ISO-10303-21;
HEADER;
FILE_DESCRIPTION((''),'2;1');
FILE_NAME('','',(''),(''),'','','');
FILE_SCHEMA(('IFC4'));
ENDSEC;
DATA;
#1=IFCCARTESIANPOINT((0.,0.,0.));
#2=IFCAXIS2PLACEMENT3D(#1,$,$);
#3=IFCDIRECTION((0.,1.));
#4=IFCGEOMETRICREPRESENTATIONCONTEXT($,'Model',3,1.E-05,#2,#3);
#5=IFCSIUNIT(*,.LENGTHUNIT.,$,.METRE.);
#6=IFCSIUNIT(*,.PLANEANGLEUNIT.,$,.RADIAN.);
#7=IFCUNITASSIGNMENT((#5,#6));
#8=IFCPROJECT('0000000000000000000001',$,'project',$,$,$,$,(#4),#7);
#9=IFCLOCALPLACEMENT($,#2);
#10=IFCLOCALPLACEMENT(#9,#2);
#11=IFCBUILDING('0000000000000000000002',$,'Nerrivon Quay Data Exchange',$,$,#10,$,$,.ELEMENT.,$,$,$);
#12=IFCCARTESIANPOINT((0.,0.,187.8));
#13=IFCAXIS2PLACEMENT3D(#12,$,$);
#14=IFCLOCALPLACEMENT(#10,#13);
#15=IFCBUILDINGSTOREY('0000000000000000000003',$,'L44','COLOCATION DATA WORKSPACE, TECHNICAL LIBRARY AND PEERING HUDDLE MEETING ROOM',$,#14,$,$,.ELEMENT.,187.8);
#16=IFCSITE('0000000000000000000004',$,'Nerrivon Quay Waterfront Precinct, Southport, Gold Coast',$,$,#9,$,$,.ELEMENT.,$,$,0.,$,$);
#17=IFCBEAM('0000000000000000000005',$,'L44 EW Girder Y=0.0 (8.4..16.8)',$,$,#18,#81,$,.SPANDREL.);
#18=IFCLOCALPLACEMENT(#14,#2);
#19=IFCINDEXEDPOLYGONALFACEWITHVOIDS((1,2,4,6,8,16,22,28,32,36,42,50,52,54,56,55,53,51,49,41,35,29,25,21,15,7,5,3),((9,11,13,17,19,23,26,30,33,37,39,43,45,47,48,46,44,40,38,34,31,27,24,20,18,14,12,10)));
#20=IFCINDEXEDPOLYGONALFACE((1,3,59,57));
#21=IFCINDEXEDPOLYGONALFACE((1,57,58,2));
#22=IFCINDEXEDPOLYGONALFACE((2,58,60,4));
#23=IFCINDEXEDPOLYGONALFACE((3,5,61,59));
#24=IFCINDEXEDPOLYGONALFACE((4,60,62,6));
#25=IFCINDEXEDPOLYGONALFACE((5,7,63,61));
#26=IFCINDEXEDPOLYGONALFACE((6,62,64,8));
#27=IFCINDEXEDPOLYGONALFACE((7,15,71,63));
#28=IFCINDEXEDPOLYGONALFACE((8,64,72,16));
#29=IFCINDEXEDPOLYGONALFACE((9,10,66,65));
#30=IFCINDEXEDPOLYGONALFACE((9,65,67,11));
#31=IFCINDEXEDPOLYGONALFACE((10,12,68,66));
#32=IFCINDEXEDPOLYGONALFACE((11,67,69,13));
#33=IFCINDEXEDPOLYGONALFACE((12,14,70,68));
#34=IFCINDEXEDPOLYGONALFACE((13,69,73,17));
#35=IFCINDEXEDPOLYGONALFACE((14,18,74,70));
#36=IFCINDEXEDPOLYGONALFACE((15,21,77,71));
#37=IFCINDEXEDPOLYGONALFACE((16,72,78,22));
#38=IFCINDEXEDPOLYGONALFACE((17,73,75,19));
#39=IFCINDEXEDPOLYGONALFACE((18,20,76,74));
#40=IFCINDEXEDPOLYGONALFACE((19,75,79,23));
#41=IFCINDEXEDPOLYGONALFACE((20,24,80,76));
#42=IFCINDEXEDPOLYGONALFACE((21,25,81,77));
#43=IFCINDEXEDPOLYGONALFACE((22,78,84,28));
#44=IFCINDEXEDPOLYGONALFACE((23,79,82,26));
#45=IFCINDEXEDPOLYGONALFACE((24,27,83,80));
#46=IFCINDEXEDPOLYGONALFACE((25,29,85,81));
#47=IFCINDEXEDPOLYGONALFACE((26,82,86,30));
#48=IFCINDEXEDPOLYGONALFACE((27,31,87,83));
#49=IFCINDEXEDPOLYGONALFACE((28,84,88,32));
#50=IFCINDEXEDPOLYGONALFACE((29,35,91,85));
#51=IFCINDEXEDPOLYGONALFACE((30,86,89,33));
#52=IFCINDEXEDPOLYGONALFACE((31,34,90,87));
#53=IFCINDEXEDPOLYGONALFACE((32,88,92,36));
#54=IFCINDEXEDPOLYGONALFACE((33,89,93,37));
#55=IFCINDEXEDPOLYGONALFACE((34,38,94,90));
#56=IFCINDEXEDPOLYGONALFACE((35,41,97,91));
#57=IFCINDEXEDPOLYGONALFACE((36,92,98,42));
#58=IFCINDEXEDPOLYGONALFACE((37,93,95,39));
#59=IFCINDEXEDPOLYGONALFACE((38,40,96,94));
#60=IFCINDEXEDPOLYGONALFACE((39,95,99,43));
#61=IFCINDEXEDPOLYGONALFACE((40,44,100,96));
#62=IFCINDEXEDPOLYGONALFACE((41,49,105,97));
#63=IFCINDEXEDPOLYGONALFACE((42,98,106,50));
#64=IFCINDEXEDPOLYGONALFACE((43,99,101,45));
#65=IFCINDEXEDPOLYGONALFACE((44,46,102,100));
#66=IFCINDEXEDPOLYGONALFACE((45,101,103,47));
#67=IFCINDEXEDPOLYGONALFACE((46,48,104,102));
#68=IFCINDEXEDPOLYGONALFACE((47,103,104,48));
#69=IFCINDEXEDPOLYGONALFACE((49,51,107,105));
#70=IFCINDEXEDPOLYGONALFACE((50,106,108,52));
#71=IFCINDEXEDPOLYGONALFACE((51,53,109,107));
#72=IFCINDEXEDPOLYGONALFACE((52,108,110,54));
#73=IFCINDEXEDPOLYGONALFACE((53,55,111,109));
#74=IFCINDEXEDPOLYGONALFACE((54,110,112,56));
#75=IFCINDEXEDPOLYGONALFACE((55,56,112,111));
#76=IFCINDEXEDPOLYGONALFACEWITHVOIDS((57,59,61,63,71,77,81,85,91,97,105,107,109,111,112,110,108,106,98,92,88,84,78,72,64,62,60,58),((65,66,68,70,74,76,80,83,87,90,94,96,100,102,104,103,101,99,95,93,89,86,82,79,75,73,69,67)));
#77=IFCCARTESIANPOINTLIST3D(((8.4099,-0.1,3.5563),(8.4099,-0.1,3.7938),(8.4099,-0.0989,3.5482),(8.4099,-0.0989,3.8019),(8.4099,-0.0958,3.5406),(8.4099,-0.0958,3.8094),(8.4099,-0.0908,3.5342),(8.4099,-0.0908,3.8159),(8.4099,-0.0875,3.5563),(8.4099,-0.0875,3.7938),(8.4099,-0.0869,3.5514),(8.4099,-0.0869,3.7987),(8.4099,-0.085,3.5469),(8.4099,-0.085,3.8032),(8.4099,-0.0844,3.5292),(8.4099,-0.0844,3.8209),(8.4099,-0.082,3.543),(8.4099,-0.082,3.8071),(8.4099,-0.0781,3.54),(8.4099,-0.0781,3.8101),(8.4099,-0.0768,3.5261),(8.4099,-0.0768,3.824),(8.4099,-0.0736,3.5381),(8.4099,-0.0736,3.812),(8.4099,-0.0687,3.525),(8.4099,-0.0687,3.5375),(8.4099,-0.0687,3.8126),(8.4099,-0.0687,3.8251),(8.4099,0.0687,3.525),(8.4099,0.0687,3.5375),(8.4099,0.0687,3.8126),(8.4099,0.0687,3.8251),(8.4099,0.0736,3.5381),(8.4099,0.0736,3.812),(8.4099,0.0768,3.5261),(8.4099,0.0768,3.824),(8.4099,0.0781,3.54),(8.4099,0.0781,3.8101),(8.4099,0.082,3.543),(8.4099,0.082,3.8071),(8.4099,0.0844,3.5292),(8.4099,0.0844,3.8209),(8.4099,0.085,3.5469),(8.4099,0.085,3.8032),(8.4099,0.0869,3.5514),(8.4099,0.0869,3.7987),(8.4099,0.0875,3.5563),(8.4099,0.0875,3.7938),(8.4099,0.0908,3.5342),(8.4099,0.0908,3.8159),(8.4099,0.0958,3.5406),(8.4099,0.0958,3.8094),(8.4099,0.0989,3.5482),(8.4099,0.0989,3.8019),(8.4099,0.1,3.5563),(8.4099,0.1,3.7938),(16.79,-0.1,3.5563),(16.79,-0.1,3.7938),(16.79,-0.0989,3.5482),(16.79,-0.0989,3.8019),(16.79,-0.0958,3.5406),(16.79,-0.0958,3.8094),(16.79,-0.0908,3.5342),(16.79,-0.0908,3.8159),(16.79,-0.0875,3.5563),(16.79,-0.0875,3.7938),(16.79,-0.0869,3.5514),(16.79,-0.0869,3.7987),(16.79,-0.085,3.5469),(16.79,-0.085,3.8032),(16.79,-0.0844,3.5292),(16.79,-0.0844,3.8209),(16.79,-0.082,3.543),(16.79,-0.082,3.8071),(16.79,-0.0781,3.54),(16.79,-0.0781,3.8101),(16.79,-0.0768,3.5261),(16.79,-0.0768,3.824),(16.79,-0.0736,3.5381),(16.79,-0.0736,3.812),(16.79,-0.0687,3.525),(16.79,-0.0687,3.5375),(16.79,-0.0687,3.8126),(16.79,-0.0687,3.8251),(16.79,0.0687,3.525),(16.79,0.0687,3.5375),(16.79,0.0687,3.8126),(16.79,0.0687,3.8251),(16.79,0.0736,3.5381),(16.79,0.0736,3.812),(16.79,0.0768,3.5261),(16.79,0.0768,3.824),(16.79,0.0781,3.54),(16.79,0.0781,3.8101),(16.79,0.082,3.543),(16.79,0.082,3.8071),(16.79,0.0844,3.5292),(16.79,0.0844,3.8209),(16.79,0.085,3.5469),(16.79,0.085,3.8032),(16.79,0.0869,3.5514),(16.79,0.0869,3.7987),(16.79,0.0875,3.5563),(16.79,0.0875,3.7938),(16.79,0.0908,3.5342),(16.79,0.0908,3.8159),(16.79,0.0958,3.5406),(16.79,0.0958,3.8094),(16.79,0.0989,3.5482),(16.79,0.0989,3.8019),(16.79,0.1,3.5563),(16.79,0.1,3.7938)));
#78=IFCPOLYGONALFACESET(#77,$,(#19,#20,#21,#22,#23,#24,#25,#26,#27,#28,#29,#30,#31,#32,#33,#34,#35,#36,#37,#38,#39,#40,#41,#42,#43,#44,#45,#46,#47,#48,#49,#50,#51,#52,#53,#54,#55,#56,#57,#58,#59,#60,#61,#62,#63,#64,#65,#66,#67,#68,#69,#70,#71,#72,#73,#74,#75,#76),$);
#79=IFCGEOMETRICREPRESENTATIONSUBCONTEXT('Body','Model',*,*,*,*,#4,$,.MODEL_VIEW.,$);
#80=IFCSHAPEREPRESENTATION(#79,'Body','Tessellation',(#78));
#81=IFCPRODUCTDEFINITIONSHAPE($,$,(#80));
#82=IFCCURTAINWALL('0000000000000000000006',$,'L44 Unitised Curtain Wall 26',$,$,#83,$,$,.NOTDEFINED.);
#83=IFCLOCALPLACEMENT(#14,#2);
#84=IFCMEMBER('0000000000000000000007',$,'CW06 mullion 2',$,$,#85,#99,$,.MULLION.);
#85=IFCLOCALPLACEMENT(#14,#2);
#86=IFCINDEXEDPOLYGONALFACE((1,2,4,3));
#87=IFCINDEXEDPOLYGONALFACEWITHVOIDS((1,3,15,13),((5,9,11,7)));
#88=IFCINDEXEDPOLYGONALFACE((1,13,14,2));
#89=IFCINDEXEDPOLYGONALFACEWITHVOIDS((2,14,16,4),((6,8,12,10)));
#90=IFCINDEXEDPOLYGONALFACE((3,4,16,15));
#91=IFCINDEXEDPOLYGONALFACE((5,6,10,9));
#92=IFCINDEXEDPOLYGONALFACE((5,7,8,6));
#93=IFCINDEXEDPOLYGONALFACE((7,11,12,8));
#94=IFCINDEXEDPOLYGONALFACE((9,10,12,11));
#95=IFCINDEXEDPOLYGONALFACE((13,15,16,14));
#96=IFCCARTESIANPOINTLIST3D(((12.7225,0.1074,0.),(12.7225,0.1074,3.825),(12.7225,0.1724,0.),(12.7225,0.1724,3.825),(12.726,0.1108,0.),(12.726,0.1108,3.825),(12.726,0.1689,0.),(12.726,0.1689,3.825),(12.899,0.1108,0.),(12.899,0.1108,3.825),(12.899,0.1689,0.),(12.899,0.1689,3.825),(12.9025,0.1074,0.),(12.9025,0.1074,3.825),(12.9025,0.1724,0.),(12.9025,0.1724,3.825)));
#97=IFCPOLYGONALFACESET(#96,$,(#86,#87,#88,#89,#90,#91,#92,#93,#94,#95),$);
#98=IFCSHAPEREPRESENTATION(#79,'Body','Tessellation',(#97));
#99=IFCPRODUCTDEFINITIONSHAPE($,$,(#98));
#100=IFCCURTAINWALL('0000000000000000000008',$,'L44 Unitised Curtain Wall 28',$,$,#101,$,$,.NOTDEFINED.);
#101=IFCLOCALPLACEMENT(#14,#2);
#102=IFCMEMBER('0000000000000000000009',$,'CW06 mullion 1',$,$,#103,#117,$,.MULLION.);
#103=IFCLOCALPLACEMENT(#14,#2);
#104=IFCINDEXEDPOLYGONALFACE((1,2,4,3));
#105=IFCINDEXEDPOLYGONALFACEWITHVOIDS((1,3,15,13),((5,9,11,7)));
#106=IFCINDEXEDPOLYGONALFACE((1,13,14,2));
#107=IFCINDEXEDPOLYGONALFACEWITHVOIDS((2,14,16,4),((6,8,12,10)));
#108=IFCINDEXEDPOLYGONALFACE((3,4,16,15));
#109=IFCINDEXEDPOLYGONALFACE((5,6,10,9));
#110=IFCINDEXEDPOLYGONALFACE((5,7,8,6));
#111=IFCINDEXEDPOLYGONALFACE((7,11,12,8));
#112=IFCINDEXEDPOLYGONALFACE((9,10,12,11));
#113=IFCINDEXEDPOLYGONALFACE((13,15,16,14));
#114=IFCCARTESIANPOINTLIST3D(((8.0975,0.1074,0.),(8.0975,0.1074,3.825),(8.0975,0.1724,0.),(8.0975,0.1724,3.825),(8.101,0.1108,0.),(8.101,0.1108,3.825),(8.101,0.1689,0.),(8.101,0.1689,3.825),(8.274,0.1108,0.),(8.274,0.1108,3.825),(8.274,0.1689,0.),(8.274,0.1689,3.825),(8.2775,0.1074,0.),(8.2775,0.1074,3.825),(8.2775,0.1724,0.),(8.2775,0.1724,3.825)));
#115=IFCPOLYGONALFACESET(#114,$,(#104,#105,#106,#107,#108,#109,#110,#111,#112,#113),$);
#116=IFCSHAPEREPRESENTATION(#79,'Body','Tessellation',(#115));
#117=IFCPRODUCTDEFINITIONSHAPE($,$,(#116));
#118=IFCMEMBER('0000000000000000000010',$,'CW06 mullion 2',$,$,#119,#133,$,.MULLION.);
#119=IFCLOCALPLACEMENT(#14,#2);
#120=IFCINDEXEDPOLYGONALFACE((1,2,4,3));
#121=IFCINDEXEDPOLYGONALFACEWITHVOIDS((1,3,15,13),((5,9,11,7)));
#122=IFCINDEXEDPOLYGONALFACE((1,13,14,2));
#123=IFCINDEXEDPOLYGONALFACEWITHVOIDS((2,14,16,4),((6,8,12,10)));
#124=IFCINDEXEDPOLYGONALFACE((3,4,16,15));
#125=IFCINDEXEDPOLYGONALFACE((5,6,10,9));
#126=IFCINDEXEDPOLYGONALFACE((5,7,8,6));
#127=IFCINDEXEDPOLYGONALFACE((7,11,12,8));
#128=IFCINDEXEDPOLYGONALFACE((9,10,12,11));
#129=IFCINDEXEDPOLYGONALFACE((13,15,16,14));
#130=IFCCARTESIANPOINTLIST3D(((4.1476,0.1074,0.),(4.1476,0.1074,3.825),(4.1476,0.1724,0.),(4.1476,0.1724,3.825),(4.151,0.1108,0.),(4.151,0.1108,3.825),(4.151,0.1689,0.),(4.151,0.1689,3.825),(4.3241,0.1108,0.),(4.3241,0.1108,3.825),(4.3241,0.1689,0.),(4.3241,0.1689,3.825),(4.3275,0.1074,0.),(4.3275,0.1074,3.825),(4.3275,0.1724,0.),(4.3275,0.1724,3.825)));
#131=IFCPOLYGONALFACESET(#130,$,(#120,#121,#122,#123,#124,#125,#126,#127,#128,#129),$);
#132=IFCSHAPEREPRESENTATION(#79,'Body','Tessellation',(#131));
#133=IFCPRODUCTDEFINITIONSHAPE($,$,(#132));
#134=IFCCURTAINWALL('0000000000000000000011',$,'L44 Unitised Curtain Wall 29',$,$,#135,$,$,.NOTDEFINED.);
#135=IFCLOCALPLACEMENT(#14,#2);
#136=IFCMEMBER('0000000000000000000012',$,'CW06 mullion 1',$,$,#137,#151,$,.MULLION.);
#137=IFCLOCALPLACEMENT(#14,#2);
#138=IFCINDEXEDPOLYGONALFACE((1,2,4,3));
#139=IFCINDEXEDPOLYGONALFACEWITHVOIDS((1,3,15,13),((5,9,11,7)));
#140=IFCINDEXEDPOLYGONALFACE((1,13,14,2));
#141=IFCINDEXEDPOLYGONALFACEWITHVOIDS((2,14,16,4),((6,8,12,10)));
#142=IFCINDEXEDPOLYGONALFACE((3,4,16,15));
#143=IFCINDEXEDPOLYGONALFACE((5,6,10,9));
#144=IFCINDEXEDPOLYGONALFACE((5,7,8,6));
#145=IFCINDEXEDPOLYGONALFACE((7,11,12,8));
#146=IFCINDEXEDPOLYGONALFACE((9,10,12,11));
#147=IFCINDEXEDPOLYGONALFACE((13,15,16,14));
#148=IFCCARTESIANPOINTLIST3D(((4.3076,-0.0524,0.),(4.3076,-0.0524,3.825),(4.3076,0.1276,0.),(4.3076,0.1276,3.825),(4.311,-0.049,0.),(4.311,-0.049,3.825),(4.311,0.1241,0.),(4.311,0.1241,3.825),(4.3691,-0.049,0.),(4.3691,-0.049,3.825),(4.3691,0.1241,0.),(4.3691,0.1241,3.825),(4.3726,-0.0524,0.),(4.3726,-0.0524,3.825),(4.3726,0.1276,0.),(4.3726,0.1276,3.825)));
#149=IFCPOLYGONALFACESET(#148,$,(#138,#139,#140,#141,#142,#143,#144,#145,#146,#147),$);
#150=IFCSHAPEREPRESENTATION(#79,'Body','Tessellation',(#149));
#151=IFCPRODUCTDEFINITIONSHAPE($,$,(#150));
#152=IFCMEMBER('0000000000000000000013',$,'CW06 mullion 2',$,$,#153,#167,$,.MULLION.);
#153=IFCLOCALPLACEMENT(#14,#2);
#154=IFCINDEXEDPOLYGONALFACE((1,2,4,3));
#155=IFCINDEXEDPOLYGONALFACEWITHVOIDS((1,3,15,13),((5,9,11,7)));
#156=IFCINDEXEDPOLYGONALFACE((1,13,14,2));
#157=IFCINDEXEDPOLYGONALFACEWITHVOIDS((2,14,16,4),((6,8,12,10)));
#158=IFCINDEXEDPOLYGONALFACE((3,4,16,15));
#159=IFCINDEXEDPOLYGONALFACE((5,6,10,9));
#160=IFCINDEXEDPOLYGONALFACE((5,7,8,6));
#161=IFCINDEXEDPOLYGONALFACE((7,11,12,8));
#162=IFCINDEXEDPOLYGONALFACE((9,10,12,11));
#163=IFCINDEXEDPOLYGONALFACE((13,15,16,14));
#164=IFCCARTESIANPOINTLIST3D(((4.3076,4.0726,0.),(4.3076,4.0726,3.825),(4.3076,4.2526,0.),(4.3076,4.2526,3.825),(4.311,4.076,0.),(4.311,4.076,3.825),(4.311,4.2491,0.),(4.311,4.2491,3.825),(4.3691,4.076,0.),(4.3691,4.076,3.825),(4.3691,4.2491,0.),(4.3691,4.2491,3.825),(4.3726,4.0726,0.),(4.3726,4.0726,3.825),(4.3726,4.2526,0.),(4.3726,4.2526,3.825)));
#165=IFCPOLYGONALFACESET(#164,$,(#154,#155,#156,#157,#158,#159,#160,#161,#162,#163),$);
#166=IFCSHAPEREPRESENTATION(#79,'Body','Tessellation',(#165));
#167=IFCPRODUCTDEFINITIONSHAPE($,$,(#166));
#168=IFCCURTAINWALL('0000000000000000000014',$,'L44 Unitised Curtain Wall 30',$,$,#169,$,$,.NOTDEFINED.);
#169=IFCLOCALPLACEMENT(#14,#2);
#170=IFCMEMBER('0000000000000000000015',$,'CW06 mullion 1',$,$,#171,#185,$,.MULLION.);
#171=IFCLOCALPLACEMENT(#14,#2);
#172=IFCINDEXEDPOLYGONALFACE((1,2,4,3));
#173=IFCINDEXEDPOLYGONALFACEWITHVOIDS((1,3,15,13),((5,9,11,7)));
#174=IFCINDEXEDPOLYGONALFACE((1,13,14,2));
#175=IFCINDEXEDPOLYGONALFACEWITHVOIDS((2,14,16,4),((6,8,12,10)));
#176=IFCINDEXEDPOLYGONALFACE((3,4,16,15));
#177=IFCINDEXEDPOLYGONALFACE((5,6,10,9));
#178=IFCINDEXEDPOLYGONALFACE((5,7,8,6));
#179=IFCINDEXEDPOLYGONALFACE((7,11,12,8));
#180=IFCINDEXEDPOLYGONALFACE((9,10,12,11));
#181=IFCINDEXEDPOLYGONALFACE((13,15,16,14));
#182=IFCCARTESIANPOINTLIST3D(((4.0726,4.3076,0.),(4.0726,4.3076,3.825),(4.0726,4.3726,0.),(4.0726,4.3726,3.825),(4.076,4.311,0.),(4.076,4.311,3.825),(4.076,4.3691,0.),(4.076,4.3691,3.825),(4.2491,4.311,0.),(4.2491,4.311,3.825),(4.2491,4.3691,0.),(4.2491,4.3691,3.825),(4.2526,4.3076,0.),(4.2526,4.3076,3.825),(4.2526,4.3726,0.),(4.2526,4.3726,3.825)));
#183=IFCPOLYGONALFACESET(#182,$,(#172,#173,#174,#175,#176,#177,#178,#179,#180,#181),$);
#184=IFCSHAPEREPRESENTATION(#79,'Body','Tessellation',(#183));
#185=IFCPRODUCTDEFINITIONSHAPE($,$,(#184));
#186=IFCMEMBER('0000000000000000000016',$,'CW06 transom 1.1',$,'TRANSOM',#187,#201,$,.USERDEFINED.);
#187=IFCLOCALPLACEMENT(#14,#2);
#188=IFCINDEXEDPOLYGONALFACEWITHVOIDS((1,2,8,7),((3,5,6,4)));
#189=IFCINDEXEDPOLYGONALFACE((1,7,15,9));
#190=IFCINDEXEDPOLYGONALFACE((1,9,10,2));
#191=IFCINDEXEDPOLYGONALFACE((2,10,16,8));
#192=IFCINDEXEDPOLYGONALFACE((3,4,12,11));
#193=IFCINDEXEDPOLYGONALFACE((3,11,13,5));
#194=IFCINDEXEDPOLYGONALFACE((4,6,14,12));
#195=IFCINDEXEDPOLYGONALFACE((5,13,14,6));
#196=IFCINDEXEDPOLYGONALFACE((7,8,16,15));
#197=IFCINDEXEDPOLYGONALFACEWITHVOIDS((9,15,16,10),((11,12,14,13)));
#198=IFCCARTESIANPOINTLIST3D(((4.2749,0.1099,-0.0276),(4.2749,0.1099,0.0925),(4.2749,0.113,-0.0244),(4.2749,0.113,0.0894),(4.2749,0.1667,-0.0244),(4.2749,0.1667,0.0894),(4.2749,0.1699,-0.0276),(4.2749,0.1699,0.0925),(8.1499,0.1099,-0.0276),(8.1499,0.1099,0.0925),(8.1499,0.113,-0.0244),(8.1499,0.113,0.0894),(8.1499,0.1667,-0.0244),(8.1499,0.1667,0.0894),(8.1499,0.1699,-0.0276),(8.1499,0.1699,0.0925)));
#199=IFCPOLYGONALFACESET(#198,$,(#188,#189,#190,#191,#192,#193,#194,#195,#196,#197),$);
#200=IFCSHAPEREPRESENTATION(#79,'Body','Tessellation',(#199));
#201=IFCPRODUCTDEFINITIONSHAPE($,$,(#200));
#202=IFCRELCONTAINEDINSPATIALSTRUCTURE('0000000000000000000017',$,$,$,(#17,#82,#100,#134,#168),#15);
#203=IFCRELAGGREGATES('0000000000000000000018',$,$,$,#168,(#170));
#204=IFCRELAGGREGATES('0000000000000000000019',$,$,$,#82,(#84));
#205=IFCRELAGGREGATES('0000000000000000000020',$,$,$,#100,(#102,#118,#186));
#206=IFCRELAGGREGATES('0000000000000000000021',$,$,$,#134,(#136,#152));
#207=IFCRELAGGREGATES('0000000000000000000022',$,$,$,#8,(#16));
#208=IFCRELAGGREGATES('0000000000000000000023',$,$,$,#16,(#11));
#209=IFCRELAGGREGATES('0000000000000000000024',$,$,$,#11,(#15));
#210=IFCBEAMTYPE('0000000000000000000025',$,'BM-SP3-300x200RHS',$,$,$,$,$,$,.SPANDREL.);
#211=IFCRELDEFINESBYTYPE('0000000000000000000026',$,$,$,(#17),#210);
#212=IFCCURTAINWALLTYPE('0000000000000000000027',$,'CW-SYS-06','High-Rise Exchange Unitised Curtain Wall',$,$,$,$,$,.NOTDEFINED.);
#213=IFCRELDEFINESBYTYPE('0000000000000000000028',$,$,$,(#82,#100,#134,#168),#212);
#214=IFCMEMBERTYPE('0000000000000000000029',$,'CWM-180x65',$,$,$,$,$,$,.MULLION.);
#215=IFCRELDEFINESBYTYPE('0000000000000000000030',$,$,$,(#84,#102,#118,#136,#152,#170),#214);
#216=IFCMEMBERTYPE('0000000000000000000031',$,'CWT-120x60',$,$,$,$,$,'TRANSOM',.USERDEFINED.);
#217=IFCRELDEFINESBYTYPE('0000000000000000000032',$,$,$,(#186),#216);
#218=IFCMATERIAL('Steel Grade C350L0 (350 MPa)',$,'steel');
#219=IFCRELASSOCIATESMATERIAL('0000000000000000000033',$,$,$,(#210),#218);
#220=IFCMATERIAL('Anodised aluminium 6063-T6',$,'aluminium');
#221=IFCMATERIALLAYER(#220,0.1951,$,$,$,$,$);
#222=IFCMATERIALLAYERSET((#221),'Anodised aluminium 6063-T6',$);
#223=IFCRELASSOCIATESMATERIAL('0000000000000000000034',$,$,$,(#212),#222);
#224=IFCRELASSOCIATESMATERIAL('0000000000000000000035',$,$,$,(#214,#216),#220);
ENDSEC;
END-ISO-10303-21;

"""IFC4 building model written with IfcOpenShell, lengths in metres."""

from ifc_helpers import new_model, si_unit, direction, frame, origin, origin_2d, place, context, subcontext, project, spatial, hollow_rectangle, extrude, material, layer, layer_set, material_profile, profile_set, type_object, element, aggregate, save


model = new_model("IFC4")

# Units and contexts
model_context = context("Model", 3, precision=1e-05, world=origin(), true_north=direction((0.0, 1.0)))
body_context = subcontext(model_context, "Body", "Model", "MODEL_VIEW")
ifc_project = project(units=[si_unit("LENGTHUNIT", "METRE"), si_unit("PLANEANGLEUNIT", "RADIAN")], contexts=[model_context])

# Site, building, storey
site_placement = place(None, origin())
site = spatial("IfcSite", under=ifc_project, at=site_placement, Name="Nerrivon Quay Waterfront Precinct, Southport, Gold Coast", CompositionType="ELEMENT", RefElevation=0.0)
building_placement = place(site_placement, origin())
building = spatial("IfcBuilding", under=site, at=building_placement, Name="Nerrivon Quay Data Exchange", CompositionType="ELEMENT")
storey_placement = place(building_placement, frame((0.0, 0.0, 187.8)))
storey = spatial("IfcBuildingStorey", under=building, at=storey_placement, Name="L44", Description="COLOCATION DATA WORKSPACE, TECHNICAL LIBRARY AND PEERING HUDDLE MEETING ROOM", CompositionType="ELEMENT", Elevation=187.8)

# Beam
ifc_material_1 = material(Name="Steel Grade C350L0 (350 MPa)", Category="steel")
ifc_material_profile_1 = material_profile(ifc_material_1, hollow_rectangle(XDim=0.2, YDim=0.3, WallThickness=0.0125, InnerFilletRadius=0.0188, OuterFilletRadius=0.0312, at=origin_2d()), Name="300x200x12.5RHS")
ifc_profile_set_1 = profile_set([ifc_material_profile_1], Name="Steel Grade C350L0 (350 MPa)")
beam_type_1 = type_object("IfcBeamType", Name="BM-SP3-300x200RHS", PredefinedType="SPANDREL", material=ifc_profile_set_1)
beam_1_placement = place(storey_placement, frame((8.4099, 0.0, 3.675), z_axis=(1.0, 0.0, 0.0), x_axis=(0.0, 1.0, 0.0)))
element("IfcBeam", 1, at=beam_1_placement, inside=storey, type_object=beam_type_1, Name="L44 EW Girder Y=0.0 (8.4..16.8)", PredefinedType="SPANDREL", context=body_context, shape_type="SweptSolid", body=[
    extrude(hollow_rectangle(XDim=0.2, YDim=0.3, WallThickness=0.0125, InnerFilletRadius=0.0188, OuterFilletRadius=0.0312, at=origin_2d()), origin(), (0.0, 0.0, 1.0), 8.3801),
])

# Curtain wall, member
ifc_material_2 = material(Name="Anodised aluminium 6063-T6", Category="aluminium")
ifc_layer_1 = layer(ifc_material_2, 0.1951)
ifc_layer_set_1 = layer_set([ifc_layer_1], Name="Anodised aluminium 6063-T6")
curtain_wall_type = type_object("IfcCurtainWallType", Name="CW-SYS-06", Description="High-Rise Exchange Unitised Curtain Wall", PredefinedType="NOTDEFINED", material=ifc_layer_set_1)
curtain_wall_1_placement = place(storey_placement, origin())
curtain_wall_1 = element("IfcCurtainWall", 2, at=curtain_wall_1_placement, inside=storey, type_object=curtain_wall_type, Name="L44 Unitised Curtain Wall 26", PredefinedType="NOTDEFINED")
ifc_material_profile_2 = material_profile(ifc_material_2, hollow_rectangle(XDim=0.0649, YDim=0.1799, WallThickness=0.0034, at=origin_2d()), Name="ALU-MULL-180x65")
ifc_profile_set_2 = profile_set([ifc_material_profile_2], Name="Anodised aluminium 6063-T6")
member_type_1 = type_object("IfcMemberType", Name="CWM-180x65", PredefinedType="MULLION", material=ifc_profile_set_2)
member_1_placement = place(storey_placement, frame((12.8125, 0.1399, 0.0), z_axis=(0.0, 0.0, 1.0), x_axis=(0.0, -1.0, 0.0)))
member_1 = element("IfcMember", 3, at=member_1_placement, type_object=member_type_1, Name="CW06 mullion 2", PredefinedType="MULLION", context=body_context, shape_type="SweptSolid", body=[
    extrude(hollow_rectangle(XDim=0.0649, YDim=0.1799, WallThickness=0.0034, at=origin_2d()), origin(), (0.0, 0.0, 1.0), 3.825),
])

# Curtain walls, members
curtain_wall_2_placement = place(storey_placement, origin())
curtain_wall_2 = element("IfcCurtainWall", 4, at=curtain_wall_2_placement, inside=storey, type_object=curtain_wall_type, Name="L44 Unitised Curtain Wall 28", PredefinedType="NOTDEFINED")
member_2_placement = place(storey_placement, frame((8.1875, 0.1399, 0.0), z_axis=(0.0, 0.0, 1.0), x_axis=(0.0, -1.0, 0.0)))
member_2 = element("IfcMember", 5, at=member_2_placement, type_object=member_type_1, Name="CW06 mullion 1", PredefinedType="MULLION", context=body_context, shape_type="SweptSolid", body=[
    extrude(hollow_rectangle(XDim=0.0649, YDim=0.1799, WallThickness=0.0034, at=origin_2d()), origin(), (0.0, 0.0, 1.0), 3.825),
])
member_3_placement = place(storey_placement, frame((4.2375, 0.1399, 0.0), z_axis=(0.0, 0.0, 1.0), x_axis=(0.0, -1.0, 0.0)))
member_3 = element("IfcMember", 6, at=member_3_placement, type_object=member_type_1, Name="CW06 mullion 2", PredefinedType="MULLION", context=body_context, shape_type="SweptSolid", body=[
    extrude(hollow_rectangle(XDim=0.0649, YDim=0.1799, WallThickness=0.0034, at=origin_2d()), origin(), (0.0, 0.0, 1.0), 3.825),
])
curtain_wall_3_placement = place(storey_placement, origin())
curtain_wall_3 = element("IfcCurtainWall", 7, at=curtain_wall_3_placement, inside=storey, type_object=curtain_wall_type, Name="L44 Unitised Curtain Wall 29", PredefinedType="NOTDEFINED")
member_4_placement = place(storey_placement, frame((4.3401, 0.0376, 0.0), z_axis=(0.0, 0.0, 1.0), x_axis=(-1.0, 0.0, 0.0)))
member_4 = element("IfcMember", 8, at=member_4_placement, type_object=member_type_1, Name="CW06 mullion 1", PredefinedType="MULLION", context=body_context, shape_type="SweptSolid", body=[
    extrude(hollow_rectangle(XDim=0.0649, YDim=0.1799, WallThickness=0.0034, at=origin_2d()), origin(), (0.0, 0.0, 1.0), 3.825),
])
member_5_placement = place(storey_placement, frame((4.3401, 4.1626, 0.0), z_axis=(0.0, 0.0, 1.0), x_axis=(-1.0, 0.0, 0.0)))
member_5 = element("IfcMember", 9, at=member_5_placement, type_object=member_type_1, Name="CW06 mullion 2", PredefinedType="MULLION", context=body_context, shape_type="SweptSolid", body=[
    extrude(hollow_rectangle(XDim=0.0649, YDim=0.1799, WallThickness=0.0034, at=origin_2d()), origin(), (0.0, 0.0, 1.0), 3.825),
])

# Curtain wall, member
curtain_wall_4_placement = place(storey_placement, origin())
curtain_wall_4 = element("IfcCurtainWall", 10, at=curtain_wall_4_placement, inside=storey, type_object=curtain_wall_type, Name="L44 Unitised Curtain Wall 30", PredefinedType="NOTDEFINED")
member_6_placement = place(storey_placement, frame((4.1626, 4.3401, 0.0), z_axis=(0.0, 0.0, 1.0), x_axis=(0.0, -1.0, 0.0)))
member_6 = element("IfcMember", 11, at=member_6_placement, type_object=member_type_1, Name="CW06 mullion 1", PredefinedType="MULLION", context=body_context, shape_type="SweptSolid", body=[
    extrude(hollow_rectangle(XDim=0.0649, YDim=0.1799, WallThickness=0.0034, at=origin_2d()), origin(), (0.0, 0.0, 1.0), 3.825),
])

# Member
ifc_material_profile_3 = material_profile(ifc_material_2, hollow_rectangle(XDim=0.0601, YDim=0.1201, WallThickness=0.0032, at=origin_2d()), Name="ALU-TRAN-120x60")
ifc_profile_set_3 = profile_set([ifc_material_profile_3], Name="Anodised aluminium 6063-T6")
member_type_2 = type_object("IfcMemberType", Name="CWT-120x60", ElementType="TRANSOM", PredefinedType="USERDEFINED", material=ifc_profile_set_3)
member_7_placement = place(storey_placement, frame((8.1499, 0.1399, 0.0325), z_axis=(-1.0, 0.0, 0.0), x_axis=(0.0, -1.0, 0.0)))
member_7 = element("IfcMember", 12, at=member_7_placement, type_object=member_type_2, Name="CW06 transom 1.1", ObjectType="TRANSOM", PredefinedType="USERDEFINED", context=body_context, shape_type="SweptSolid", body=[
    extrude(hollow_rectangle(XDim=0.0601, YDim=0.1201, WallThickness=0.0032, at=origin_2d()), origin(), (0.0, 0.0, 1.0), 3.875),
])
aggregate(curtain_wall_4, [member_6])

aggregate(curtain_wall_1, [member_1])
aggregate(curtain_wall_2, [member_2, member_3, member_7])
aggregate(curtain_wall_3, [member_4, member_5])

save(model, "model.ifc")
